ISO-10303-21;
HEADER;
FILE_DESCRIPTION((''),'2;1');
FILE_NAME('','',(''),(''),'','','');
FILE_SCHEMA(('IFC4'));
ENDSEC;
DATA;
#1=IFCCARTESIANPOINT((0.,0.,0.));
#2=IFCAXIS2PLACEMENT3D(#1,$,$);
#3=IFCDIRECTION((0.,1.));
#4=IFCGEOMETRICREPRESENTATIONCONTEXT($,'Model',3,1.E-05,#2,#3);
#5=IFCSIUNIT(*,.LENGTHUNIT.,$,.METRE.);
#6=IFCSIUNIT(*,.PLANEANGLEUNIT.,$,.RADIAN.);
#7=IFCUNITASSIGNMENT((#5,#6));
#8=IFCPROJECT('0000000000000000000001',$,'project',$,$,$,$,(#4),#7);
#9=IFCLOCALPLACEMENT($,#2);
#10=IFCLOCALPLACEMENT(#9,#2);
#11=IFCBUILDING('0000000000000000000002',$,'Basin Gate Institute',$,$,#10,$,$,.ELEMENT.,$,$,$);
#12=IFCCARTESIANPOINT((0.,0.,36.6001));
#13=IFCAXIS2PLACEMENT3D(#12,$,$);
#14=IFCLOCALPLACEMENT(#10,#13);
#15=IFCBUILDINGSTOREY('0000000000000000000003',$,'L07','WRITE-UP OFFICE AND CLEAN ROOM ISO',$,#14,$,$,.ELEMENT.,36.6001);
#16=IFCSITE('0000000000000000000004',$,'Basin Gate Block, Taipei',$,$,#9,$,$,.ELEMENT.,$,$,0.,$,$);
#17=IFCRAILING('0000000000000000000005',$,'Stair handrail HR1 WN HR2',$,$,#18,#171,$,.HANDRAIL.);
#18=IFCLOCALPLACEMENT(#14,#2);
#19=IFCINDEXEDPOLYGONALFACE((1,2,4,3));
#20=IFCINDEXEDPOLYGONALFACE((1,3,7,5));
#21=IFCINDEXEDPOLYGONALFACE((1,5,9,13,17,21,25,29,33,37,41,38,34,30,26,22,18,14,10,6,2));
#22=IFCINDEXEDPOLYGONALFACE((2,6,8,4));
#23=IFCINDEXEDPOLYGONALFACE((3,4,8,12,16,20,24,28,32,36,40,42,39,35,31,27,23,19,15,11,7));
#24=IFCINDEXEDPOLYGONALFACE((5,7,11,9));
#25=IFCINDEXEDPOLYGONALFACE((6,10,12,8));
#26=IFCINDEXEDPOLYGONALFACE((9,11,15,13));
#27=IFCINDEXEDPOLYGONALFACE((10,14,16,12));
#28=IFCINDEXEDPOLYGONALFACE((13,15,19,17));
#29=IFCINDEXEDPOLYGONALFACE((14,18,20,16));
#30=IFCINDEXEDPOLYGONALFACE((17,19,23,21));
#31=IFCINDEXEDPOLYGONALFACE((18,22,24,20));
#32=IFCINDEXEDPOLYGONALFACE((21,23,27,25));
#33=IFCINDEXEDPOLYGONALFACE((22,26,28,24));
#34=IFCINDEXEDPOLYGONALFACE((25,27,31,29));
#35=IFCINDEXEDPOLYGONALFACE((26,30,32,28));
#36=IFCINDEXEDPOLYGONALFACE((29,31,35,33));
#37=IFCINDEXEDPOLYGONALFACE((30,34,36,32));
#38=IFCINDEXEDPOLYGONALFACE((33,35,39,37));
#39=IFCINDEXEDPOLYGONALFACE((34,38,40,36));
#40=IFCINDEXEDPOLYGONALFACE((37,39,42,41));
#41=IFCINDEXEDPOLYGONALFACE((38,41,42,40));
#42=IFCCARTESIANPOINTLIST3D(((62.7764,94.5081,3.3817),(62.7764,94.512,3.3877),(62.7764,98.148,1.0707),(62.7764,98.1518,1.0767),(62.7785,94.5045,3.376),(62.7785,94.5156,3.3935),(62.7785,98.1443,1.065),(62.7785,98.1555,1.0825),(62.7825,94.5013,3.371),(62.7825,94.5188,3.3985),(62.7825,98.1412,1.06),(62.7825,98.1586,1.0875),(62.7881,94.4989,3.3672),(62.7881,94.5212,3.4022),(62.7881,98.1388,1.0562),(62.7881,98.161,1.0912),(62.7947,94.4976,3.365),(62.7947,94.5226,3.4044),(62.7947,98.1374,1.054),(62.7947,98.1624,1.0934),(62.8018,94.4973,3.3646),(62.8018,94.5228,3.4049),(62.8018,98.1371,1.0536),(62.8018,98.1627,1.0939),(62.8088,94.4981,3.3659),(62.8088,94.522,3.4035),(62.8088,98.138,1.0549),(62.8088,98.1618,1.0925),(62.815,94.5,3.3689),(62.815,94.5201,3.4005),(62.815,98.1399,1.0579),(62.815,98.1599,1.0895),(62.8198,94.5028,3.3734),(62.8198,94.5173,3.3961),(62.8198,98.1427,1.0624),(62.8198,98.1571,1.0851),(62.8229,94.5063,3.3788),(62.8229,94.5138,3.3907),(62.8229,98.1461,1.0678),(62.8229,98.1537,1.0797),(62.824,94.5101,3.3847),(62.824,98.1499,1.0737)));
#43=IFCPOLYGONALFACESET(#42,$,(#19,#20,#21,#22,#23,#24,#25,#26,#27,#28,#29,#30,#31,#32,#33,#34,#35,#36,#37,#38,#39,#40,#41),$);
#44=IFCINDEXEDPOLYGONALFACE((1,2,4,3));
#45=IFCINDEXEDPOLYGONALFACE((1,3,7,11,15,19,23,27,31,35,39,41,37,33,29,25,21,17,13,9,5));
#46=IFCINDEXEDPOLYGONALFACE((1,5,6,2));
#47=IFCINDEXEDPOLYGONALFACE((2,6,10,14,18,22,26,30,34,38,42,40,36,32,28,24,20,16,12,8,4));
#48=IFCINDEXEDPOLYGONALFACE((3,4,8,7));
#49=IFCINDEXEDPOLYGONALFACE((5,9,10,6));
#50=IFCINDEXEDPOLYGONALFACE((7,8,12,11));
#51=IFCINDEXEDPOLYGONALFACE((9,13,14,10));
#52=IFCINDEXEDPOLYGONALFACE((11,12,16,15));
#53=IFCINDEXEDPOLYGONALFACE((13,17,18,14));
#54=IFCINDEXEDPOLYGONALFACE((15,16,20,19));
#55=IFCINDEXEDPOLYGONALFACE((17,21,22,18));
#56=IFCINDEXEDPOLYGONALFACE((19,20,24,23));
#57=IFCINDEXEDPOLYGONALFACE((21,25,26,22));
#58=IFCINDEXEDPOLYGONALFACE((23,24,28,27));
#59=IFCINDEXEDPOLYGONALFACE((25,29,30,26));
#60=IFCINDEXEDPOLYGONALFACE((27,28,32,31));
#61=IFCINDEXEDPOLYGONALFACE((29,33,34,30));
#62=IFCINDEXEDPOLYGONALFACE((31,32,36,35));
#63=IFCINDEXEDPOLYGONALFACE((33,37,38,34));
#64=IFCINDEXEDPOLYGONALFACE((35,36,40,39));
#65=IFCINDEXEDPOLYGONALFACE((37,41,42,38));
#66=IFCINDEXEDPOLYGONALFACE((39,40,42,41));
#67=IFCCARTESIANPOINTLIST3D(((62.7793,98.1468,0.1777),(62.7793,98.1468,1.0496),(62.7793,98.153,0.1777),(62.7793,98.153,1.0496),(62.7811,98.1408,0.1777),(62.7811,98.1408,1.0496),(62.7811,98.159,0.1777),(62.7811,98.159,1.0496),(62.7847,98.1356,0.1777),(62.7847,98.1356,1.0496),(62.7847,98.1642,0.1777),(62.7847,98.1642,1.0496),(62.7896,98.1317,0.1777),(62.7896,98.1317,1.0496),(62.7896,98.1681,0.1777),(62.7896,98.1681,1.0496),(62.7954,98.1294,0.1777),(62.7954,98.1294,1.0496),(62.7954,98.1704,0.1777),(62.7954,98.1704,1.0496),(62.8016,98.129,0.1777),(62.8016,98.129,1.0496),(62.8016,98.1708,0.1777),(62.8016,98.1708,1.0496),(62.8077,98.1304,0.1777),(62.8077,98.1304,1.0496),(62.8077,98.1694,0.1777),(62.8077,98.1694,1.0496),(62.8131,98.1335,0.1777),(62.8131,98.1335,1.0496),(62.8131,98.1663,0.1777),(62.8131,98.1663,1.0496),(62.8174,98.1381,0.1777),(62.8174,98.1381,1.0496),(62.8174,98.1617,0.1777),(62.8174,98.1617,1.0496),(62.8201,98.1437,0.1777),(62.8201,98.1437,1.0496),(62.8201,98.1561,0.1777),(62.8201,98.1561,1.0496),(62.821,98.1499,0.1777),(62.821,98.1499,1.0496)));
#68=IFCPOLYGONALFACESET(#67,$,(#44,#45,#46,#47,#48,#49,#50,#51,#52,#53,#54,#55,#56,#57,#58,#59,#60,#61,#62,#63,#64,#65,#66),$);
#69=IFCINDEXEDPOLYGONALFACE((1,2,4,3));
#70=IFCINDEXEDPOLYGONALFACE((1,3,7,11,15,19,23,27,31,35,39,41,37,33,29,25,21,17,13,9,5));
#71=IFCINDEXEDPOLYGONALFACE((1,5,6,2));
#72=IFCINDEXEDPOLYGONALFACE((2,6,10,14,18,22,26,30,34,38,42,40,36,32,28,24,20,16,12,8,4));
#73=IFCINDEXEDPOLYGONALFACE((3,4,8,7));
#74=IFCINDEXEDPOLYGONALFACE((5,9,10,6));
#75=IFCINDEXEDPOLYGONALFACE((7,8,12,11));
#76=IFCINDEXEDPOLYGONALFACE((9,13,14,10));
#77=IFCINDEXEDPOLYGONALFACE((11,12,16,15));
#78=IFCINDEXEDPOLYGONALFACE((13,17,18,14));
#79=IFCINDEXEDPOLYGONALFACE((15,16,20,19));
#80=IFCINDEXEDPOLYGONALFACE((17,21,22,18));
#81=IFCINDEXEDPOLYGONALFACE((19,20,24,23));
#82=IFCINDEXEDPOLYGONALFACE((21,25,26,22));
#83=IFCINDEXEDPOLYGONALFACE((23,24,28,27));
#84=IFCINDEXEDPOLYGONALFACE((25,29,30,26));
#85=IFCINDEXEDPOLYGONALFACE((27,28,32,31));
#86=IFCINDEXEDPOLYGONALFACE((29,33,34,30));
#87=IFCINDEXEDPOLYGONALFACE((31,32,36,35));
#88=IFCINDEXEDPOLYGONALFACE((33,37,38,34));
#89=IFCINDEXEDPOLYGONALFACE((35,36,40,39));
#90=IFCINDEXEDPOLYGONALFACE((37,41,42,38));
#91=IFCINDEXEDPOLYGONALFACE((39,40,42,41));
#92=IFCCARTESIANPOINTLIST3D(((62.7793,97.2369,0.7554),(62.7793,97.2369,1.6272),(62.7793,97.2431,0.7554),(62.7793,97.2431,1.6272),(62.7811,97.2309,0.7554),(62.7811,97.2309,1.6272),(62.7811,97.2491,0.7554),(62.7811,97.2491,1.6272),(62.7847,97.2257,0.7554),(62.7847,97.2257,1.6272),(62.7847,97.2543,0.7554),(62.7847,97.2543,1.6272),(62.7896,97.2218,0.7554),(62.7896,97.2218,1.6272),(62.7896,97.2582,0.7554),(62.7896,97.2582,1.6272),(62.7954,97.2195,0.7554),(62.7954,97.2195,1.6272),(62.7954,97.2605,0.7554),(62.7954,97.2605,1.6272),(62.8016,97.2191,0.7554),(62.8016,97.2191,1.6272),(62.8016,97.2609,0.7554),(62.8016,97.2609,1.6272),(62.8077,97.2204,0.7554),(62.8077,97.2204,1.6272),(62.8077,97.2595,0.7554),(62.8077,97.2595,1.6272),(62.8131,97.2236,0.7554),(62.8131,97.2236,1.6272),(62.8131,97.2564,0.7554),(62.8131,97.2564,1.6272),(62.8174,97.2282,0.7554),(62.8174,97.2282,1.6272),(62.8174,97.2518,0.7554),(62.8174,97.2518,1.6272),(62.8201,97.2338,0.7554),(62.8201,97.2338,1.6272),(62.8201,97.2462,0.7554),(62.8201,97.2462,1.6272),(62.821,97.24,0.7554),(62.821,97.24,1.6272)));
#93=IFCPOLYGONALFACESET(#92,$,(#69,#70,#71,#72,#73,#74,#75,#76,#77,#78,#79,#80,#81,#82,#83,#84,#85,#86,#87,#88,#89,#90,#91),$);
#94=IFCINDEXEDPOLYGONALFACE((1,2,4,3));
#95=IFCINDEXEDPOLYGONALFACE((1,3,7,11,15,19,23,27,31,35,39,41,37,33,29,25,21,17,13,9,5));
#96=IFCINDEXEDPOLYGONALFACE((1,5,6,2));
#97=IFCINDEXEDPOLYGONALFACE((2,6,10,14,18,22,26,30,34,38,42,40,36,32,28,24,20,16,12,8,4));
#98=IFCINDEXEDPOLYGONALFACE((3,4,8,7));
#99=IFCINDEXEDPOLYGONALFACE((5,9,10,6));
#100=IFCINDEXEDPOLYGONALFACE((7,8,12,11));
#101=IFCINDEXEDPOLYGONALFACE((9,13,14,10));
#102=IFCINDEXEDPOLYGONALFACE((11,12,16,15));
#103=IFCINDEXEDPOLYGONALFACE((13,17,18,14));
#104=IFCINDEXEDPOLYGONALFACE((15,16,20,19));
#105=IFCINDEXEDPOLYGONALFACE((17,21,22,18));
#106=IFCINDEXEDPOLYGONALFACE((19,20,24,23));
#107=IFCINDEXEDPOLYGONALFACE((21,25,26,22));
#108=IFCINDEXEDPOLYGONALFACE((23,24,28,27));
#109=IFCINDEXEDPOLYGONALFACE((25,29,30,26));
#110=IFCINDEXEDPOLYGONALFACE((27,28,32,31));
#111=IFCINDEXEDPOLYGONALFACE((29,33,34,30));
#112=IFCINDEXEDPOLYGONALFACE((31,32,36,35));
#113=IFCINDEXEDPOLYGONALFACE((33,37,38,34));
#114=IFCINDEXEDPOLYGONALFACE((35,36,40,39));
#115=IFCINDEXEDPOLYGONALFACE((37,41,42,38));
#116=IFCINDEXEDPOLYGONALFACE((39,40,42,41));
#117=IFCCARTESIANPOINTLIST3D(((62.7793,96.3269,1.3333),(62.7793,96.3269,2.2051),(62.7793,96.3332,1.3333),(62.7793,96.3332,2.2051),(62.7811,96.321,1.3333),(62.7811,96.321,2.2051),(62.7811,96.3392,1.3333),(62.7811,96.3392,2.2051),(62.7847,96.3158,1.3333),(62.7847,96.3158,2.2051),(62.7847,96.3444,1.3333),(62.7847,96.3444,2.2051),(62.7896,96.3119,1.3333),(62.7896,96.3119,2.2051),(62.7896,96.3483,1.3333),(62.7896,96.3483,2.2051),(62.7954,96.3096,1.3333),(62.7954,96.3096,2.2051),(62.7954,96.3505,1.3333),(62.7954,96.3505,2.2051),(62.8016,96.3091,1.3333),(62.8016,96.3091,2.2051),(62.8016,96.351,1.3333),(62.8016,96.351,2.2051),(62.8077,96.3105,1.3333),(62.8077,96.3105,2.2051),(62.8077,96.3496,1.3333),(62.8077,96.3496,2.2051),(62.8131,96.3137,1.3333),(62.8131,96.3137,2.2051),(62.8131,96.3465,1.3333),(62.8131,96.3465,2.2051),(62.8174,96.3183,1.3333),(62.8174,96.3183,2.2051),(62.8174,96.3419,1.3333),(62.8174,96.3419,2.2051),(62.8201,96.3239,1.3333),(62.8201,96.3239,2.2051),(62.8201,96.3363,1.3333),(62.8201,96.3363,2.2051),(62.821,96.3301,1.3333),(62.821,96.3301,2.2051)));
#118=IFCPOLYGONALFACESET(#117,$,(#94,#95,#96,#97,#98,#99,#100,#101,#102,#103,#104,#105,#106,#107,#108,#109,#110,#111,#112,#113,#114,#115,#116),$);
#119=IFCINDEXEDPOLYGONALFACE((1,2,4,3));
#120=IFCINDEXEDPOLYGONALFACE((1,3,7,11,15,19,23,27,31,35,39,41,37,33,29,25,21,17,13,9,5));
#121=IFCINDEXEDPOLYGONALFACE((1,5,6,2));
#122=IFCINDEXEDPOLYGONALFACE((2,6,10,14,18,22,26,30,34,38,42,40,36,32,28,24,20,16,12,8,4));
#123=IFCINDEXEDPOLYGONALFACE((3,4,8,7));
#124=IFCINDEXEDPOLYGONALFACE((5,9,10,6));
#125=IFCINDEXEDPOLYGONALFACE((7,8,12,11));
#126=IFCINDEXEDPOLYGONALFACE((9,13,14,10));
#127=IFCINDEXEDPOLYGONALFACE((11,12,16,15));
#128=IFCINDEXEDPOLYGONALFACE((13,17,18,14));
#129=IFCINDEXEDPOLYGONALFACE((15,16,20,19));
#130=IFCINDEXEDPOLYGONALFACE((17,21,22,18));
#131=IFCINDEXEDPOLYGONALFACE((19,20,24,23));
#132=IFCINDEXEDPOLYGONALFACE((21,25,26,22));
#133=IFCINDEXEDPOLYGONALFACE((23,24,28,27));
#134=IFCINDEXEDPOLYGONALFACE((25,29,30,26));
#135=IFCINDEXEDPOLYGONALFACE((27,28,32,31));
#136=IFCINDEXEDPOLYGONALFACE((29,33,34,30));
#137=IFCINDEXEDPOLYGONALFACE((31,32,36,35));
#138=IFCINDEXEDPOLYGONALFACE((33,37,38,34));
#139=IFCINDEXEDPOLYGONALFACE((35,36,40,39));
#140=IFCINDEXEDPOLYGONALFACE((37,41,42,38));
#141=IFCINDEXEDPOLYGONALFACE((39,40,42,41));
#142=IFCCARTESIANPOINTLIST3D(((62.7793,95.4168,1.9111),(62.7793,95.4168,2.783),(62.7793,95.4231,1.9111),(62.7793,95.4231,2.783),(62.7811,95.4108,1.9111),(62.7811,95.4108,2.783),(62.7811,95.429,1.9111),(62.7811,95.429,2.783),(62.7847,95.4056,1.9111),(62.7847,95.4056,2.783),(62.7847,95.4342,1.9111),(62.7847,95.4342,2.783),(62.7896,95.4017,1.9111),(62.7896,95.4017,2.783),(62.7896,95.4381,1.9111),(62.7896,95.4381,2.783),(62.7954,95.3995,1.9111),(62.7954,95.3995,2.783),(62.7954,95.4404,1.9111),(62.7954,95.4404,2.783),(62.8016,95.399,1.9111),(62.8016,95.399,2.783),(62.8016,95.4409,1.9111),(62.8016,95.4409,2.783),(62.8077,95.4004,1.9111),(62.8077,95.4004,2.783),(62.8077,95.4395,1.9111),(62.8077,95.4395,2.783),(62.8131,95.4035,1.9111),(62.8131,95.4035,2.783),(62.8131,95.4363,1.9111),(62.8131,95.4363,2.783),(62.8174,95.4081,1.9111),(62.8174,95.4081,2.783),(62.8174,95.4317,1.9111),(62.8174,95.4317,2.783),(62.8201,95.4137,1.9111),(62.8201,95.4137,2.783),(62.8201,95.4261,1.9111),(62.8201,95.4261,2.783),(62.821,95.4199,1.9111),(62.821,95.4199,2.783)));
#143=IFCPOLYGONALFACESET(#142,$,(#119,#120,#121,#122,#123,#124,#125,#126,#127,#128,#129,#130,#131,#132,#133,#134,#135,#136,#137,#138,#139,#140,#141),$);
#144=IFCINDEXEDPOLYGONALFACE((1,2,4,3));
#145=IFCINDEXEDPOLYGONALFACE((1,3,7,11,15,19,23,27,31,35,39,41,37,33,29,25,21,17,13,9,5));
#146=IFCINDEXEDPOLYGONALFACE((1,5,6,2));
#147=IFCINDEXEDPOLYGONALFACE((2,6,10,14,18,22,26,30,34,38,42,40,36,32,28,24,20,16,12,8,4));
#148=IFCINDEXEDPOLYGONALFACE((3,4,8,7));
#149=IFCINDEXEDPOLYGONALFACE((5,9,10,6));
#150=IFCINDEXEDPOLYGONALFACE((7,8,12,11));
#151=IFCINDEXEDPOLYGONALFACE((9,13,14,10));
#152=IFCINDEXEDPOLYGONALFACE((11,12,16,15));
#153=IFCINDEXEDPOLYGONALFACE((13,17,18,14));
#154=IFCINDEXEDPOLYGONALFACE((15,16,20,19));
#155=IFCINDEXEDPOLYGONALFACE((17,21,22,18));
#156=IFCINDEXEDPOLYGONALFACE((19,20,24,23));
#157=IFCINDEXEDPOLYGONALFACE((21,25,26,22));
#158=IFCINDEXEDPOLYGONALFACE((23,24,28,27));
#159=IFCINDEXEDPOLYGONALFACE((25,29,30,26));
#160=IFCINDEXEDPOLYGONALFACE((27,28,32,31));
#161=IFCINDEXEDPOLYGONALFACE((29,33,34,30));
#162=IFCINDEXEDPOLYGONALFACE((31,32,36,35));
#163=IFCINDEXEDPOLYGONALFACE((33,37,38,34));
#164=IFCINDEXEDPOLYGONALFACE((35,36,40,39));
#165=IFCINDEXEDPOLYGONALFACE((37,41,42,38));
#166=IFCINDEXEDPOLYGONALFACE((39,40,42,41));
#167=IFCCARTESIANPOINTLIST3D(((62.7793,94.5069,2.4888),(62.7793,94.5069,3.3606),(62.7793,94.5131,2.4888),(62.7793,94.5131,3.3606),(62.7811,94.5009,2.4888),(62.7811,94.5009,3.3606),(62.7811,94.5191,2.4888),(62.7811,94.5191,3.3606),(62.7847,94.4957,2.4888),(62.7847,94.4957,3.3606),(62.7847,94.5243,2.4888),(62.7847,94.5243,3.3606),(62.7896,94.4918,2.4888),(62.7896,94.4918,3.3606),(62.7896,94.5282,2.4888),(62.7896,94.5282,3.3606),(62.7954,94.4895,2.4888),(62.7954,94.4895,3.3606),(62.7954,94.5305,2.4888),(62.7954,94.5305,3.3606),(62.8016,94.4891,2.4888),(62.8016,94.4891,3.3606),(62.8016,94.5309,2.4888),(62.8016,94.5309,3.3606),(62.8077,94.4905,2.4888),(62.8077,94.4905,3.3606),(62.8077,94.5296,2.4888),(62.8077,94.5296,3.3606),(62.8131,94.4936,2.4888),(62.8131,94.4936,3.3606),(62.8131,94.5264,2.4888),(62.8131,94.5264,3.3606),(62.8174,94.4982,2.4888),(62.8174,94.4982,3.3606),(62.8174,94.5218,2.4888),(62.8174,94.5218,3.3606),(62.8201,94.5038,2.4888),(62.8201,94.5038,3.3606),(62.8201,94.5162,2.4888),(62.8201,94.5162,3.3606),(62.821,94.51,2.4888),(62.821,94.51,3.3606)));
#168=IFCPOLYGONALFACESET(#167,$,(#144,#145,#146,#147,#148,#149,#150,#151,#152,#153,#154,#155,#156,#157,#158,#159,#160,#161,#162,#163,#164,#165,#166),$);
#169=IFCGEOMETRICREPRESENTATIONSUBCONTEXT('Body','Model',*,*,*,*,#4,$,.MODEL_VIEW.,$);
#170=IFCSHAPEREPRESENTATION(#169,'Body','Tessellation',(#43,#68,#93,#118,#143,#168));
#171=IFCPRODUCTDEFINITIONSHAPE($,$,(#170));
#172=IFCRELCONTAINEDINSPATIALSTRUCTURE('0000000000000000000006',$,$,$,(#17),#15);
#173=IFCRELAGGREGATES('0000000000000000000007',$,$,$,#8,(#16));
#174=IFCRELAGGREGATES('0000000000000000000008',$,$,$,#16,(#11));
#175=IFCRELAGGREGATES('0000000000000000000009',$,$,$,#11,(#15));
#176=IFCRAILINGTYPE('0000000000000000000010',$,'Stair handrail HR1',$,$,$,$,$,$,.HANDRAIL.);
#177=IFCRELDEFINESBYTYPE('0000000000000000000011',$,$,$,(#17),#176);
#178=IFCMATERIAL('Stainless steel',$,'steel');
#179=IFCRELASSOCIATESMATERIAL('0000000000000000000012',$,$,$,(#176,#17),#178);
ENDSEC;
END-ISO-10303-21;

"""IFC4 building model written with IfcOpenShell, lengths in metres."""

from ifc_helpers import new_model, si_unit, direction, frame, origin, origin_2d, place, context, subcontext, project, spatial, circle, extrude, material, type_object, element, save


model = new_model("IFC4")

# Units and contexts
model_context = context("Model", 3, precision=1e-05, world=origin(), true_north=direction((0.0, 1.0)))
body_context = subcontext(model_context, "Body", "Model", "MODEL_VIEW")
ifc_project = project(units=[si_unit("LENGTHUNIT", "METRE"), si_unit("PLANEANGLEUNIT", "RADIAN")], contexts=[model_context])

# Site, building, storey
site_placement = place(None, origin())
site = spatial("IfcSite", under=ifc_project, at=site_placement, Name="Basin Gate Block, Taipei", CompositionType="ELEMENT", RefElevation=0.0)
building_placement = place(site_placement, origin())
building = spatial("IfcBuilding", under=site, at=building_placement, Name="Basin Gate Institute", CompositionType="ELEMENT")
storey_placement = place(building_placement, frame((0.0, 0.0, 36.6001)))
storey = spatial("IfcBuildingStorey", under=building, at=storey_placement, Name="L07", Description="WRITE-UP OFFICE AND CLEAN ROOM ISO", CompositionType="ELEMENT", Elevation=36.6001)

# Railing
ifc_material_1 = material(Name="Stainless steel", Category="steel")
railing_type_1 = type_object("IfcRailingType", Name="Stair handrail HR1", PredefinedType="HANDRAIL", material=ifc_material_1)
for number, where, name in (
    (1, (62.8, 98.1499, 0.1777), "Stair handrail HR1 WN HR2"),
):
    element("IfcRailing", number, at=place(storey_placement, frame(where)), inside=storey, type_object=railing_type_1, material=ifc_material_1, Name=name, PredefinedType="HANDRAIL", context=body_context, shape_type="SweptSolid", body=[
        extrude(circle(Radius=0.0239, at=origin_2d()), frame((0.0, 0.0, 0.896), z_axis=(0.0, -0.844214, 0.536007), x_axis=(1.0, 0.0, 0.0)), (0.0, 0.0, 1.0), 4.3115),
        extrude(circle(Radius=0.021, at=origin_2d()), origin(), (0.0, 0.0, 1.0), 0.8718),
        extrude(circle(Radius=0.021, at=origin_2d()), frame((0.0, -0.9099, 0.5776)), (0.0, 0.0, 1.0), 0.8718),
        extrude(circle(Radius=0.021, at=origin_2d()), frame((0.0, -1.8198, 1.1555)), (0.0, 0.0, 1.0), 0.8718),
        extrude(circle(Radius=0.021, at=origin_2d()), frame((0.0, -2.73, 1.7334)), (0.0, 0.0, 1.0), 0.8718),
        extrude(circle(Radius=0.021, at=origin_2d()), frame((0.0, -3.6399, 2.311)), (0.0, 0.0, 1.0), 0.8718),
    ])

save(model, "model.ifc")
